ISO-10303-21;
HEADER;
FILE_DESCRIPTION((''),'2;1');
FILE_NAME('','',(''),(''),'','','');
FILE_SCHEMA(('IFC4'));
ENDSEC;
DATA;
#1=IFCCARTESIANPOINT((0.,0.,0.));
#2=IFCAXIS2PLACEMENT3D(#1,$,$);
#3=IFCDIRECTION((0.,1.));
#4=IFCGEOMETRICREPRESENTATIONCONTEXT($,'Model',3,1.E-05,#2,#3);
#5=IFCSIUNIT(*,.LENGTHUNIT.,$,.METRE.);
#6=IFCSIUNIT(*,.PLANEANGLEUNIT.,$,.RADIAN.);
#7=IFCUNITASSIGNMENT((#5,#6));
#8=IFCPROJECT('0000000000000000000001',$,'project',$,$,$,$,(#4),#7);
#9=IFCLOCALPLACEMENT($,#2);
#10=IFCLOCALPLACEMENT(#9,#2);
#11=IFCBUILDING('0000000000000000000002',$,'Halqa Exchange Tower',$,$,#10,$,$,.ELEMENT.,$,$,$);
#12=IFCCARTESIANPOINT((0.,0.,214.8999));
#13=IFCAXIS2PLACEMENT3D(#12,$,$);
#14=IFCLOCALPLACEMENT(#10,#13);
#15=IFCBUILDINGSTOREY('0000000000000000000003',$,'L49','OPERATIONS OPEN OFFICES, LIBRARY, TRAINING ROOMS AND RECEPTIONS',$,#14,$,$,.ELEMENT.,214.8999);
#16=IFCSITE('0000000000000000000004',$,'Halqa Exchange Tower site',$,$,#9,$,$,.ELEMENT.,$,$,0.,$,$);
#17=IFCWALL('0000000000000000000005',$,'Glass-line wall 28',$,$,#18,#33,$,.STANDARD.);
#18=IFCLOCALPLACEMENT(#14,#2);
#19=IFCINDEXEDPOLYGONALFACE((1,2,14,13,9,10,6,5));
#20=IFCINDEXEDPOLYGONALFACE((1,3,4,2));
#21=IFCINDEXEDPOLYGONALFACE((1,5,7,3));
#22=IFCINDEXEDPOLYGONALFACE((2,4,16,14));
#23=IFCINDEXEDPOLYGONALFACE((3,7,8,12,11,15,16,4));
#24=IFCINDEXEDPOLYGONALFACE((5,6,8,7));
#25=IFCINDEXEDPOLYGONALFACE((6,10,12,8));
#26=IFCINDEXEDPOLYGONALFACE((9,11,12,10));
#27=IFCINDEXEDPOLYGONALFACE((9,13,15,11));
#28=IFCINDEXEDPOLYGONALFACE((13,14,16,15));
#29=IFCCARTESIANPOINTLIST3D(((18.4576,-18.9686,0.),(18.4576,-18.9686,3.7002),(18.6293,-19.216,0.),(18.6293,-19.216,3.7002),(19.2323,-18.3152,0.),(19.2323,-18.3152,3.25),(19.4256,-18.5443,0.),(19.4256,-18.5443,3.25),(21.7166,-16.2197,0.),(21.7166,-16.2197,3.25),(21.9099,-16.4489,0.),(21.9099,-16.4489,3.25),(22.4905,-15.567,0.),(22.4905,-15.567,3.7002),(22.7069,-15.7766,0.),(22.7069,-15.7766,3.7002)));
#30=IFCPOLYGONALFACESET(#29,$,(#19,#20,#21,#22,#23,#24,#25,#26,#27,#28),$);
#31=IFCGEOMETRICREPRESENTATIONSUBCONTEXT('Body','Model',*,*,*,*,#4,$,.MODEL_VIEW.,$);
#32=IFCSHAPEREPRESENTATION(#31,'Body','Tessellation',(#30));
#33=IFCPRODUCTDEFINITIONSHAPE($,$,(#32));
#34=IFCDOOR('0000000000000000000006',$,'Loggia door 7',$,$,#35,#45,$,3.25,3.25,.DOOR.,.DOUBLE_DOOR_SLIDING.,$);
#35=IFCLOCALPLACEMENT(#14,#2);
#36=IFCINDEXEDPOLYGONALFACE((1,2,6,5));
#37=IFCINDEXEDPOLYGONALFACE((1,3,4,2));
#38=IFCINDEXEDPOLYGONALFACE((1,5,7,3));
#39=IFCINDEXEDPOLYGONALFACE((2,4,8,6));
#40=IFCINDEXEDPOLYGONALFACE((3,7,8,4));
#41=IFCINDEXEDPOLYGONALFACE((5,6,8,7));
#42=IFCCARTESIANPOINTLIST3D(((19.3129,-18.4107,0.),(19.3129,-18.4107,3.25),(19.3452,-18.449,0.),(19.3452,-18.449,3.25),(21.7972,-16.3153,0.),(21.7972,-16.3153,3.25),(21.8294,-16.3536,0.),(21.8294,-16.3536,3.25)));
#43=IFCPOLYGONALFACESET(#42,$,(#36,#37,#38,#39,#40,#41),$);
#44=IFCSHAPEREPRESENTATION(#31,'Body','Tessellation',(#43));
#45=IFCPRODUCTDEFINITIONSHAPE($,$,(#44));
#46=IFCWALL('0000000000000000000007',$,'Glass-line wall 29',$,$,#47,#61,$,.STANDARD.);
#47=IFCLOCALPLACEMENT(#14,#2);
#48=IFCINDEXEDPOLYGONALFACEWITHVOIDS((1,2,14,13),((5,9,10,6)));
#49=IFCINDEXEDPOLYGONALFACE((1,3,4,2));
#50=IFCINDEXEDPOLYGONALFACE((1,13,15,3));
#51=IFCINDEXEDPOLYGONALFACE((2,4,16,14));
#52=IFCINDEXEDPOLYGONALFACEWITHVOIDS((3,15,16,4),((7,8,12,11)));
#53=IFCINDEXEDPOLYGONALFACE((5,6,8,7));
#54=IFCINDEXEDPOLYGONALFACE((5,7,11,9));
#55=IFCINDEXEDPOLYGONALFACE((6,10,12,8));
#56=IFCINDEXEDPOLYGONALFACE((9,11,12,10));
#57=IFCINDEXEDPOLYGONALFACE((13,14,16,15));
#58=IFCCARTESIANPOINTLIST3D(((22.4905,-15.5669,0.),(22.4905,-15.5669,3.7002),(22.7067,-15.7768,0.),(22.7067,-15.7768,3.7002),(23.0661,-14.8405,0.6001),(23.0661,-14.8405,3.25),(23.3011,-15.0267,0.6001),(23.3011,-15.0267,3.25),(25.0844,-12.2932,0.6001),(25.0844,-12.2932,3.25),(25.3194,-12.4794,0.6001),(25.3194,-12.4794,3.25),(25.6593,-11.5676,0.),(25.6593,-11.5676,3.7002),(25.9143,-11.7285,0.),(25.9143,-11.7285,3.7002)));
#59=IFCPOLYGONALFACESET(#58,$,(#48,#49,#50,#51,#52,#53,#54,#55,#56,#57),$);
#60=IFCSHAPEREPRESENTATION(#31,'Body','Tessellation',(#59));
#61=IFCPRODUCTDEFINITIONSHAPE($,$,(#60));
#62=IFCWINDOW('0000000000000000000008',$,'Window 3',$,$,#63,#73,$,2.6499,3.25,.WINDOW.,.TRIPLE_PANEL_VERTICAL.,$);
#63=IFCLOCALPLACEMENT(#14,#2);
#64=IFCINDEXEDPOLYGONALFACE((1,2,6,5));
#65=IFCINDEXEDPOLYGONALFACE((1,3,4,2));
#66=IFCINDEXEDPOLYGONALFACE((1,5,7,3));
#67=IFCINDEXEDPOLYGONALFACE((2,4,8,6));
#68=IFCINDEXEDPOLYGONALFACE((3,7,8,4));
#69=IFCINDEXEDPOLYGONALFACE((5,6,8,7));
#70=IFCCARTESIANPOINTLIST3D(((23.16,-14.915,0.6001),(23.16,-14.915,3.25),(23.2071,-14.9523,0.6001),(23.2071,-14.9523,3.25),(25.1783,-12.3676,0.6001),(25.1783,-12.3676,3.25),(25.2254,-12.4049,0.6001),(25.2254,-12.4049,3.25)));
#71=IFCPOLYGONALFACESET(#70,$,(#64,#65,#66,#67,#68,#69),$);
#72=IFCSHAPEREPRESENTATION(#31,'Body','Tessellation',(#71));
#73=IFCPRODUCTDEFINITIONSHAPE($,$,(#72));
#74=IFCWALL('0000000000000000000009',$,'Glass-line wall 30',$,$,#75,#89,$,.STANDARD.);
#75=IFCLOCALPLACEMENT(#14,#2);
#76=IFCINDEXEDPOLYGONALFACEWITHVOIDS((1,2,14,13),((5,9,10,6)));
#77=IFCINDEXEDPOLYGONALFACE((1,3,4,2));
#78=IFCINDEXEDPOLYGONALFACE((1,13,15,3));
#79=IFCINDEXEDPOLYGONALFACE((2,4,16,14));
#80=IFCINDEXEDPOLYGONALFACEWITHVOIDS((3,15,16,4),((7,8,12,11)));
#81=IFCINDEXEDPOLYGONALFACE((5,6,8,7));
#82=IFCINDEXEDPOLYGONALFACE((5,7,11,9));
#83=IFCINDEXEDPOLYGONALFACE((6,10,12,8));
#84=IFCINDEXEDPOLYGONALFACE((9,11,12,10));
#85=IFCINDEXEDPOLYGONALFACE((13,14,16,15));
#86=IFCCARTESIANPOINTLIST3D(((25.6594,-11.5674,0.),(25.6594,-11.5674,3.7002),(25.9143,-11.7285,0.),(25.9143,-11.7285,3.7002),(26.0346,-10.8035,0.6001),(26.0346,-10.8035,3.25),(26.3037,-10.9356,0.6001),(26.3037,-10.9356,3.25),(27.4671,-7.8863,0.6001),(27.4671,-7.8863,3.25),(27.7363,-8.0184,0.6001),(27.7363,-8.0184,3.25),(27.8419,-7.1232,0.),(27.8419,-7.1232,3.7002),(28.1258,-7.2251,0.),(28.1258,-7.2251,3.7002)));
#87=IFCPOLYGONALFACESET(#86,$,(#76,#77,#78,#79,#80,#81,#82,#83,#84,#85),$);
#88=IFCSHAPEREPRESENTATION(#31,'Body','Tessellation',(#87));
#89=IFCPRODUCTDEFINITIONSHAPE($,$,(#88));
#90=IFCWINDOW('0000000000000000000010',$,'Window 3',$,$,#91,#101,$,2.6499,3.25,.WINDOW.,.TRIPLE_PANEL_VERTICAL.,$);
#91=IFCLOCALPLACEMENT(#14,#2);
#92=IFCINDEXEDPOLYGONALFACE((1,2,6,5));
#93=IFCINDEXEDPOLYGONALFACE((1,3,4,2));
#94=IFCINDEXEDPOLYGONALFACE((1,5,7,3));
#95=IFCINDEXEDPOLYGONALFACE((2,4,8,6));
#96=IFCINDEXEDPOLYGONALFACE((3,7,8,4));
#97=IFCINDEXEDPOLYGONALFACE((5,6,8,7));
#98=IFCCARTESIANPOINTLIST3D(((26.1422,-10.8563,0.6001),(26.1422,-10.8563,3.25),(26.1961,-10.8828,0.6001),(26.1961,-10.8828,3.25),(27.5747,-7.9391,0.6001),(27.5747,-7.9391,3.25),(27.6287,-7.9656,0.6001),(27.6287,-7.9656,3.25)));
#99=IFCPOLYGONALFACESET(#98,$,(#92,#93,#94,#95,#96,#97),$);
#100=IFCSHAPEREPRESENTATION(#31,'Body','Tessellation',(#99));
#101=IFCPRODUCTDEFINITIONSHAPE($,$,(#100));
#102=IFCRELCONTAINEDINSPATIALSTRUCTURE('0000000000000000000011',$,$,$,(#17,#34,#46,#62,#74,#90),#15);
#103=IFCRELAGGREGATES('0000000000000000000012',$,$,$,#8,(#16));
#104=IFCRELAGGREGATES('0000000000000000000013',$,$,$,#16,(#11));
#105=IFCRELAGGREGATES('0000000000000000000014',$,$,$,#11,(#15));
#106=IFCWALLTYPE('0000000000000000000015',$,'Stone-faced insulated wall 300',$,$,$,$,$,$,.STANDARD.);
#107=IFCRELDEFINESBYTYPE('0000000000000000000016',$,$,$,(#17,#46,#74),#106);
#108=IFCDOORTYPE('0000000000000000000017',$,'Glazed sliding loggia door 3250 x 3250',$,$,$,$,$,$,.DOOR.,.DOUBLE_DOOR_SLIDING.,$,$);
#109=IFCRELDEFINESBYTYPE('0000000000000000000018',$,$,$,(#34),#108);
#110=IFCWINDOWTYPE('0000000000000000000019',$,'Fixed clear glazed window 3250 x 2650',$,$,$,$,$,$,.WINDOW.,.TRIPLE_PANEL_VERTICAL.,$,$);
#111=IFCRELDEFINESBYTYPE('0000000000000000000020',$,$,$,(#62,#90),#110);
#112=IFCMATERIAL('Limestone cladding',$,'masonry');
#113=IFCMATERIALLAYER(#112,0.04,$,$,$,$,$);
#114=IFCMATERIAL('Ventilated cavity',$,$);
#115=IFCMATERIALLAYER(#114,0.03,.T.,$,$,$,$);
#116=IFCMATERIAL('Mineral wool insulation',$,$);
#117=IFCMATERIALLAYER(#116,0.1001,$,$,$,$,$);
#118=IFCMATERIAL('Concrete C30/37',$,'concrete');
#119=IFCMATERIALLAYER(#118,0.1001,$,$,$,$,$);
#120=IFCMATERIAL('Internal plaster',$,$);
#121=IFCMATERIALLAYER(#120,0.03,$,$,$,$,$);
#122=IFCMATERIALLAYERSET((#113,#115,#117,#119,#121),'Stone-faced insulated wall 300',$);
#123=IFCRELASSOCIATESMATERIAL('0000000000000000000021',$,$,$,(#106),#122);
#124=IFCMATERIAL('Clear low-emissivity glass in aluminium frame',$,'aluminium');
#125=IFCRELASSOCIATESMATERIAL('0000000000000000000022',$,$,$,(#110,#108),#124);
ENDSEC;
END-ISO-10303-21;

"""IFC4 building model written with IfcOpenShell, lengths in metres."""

from ifc_helpers import new_model, si_unit, direction, frame, frame_2d, origin, place, context, subcontext, project, spatial, polyline, rectangle, outline, extrude, material, layer, layer_set, type_object, element, fill, save


model = new_model("IFC4")

# Units and contexts
model_context = context("Model", 3, precision=1e-05, world=origin(), true_north=direction((0.0, 1.0)))
body_context = subcontext(model_context, "Body", "Model", "MODEL_VIEW")
ifc_project = project(units=[si_unit("LENGTHUNIT", "METRE"), si_unit("PLANEANGLEUNIT", "RADIAN")], contexts=[model_context])

# Site, building, storey
site_placement = place(None, origin())
site = spatial("IfcSite", under=ifc_project, at=site_placement, Name="Halqa Exchange Tower site", CompositionType="ELEMENT", RefElevation=0.0)
building_placement = place(site_placement, origin())
building = spatial("IfcBuilding", under=site, at=building_placement, Name="Halqa Exchange Tower", CompositionType="ELEMENT")
storey_placement = place(building_placement, frame((0.0, 0.0, 214.8999)))
storey = spatial("IfcBuildingStorey", under=building, at=storey_placement, Name="L49", Description="OPERATIONS OPEN OFFICES, LIBRARY, TRAINING ROOMS AND RECEPTIONS", CompositionType="ELEMENT", Elevation=214.8999)

# Shared definitions
ifc_material_1 = material(Name="Limestone cladding", Category="masonry")
ifc_layer_1 = layer(ifc_material_1, 0.04)
ifc_material_2 = material(Name="Ventilated cavity")
ifc_layer_2 = layer(ifc_material_2, 0.03, ventilated=True)
ifc_material_3 = material(Name="Mineral wool insulation")
ifc_layer_3 = layer(ifc_material_3, 0.1001)
ifc_material_4 = material(Name="Concrete C30/37", Category="concrete")
ifc_layer_4 = layer(ifc_material_4, 0.1001)
ifc_material_5 = material(Name="Internal plaster")
ifc_layer_5 = layer(ifc_material_5, 0.03)
ifc_layer_set_1 = layer_set([ifc_layer_1, ifc_layer_2, ifc_layer_3, ifc_layer_4, ifc_layer_5], Name="Stone-faced insulated wall 300")
wall_type_1 = type_object("IfcWallType", Name="Stone-faced insulated wall 300", PredefinedType="STANDARD", material=ifc_layer_set_1)
ifc_material_6 = material(Name="Clear low-emissivity glass in aluminium frame", Category="aluminium")
window_type = type_object("IfcWindowType", Name="Fixed clear glazed window 3250 x 2650", PartitioningType="TRIPLE_PANEL_VERTICAL", PredefinedType="WINDOW", material=ifc_material_6)

# Wall, opening, door
wall_1_placement = place(storey_placement, frame((18.5435, -19.0923, 0.0), z_axis=(0.0, 0.0, 1.0), x_axis=(0.764398, 0.644745, 0.0)))
wall_1 = element("IfcWall", 1, at=wall_1_placement, inside=storey, type_object=wall_type_1, Name="Glass-line wall 28", PredefinedType="STANDARD", context=body_context, shape_type="SweptSolid", body=[
    extrude(outline(polyline([(-0.0142, -0.1499), (5.3203, -0.1499), (5.29, 0.1499), (0.0142, 0.1499), (-0.0142, -0.1499)])), origin(), (0.0, 0.0, 1.0), 3.7002),
])
opening_1_placement = place(wall_1_placement, frame((1.0276, 0.0, 0.0)))
opening_1 = element("IfcOpeningElement", 2, at=opening_1_placement, cuts=wall_1, PredefinedType="OPENING", context=body_context, shape_type="SweptSolid", body=[
    extrude(rectangle(XDim=3.25, YDim=3.25, at=frame_2d((1.625, 1.625))), frame((0.0, 0.1621, 0.0), z_axis=(0.0, -1.0, 0.0), x_axis=(1.0, 0.0, 0.0)), (0.0, 0.0, 1.0), 0.324),
])
door_type = type_object("IfcDoorType", Name="Glazed sliding loggia door 3250 x 3250", OperationType="DOUBLE_DOOR_SLIDING", PredefinedType="DOOR", material=ifc_material_6)
door_placement = place(opening_1_placement, origin())
door = element("IfcDoor", 3, at=door_placement, inside=storey, type_object=door_type, Name="Loggia door 7", OperationType="DOUBLE_DOOR_SLIDING", OverallHeight=3.25, OverallWidth=3.25, PredefinedType="DOOR", context=body_context, shape_type="SweptSolid", body=[
    extrude(rectangle(XDim=3.25, YDim=3.25, at=frame_2d((1.625, 1.625))), frame((0.0, 0.0249, 0.0), z_axis=(0.0, -1.0, 0.0), x_axis=(1.0, 0.0, 0.0)), (0.0, 0.0, 1.0), 0.05),
])
fill(opening_1, door)

# Walls, openings, windows
wall_2_placement = place(storey_placement, frame((22.5986, -15.6719, 0.0), z_axis=(0.0, 0.0, 1.0), x_axis=(0.621017, 0.783797, 0.0)))
wall_2 = element("IfcWall", 4, at=wall_2_placement, inside=storey, type_object=wall_type_1, Name="Glass-line wall 29", PredefinedType="STANDARD", context=body_context, shape_type="SweptSolid", body=[
    extrude(outline(polyline([(-0.0151, -0.1499), (5.1499, -0.1499), (5.1177, 0.1499), (0.0151, 0.1499), (-0.0151, -0.1499)])), origin(), (0.0, 0.0, 1.0), 3.7002),
])
opening_2_placement = place(wall_2_placement, frame((0.9419, 0.0, 0.6001)))
opening_2 = element("IfcOpeningElement", 5, at=opening_2_placement, cuts=wall_2, PredefinedType="OPENING", context=body_context, shape_type="SweptSolid", body=[
    extrude(rectangle(XDim=3.25, YDim=2.6499, at=frame_2d((1.625, 1.325))), frame((0.0, 0.1621, 0.0), z_axis=(0.0, -1.0, 0.0), x_axis=(1.0, 0.0, 0.0)), (0.0, 0.0, 1.0), 0.324),
])
window_1_placement = place(opening_2_placement, origin())
window_1 = element("IfcWindow", 6, at=window_1_placement, inside=storey, type_object=window_type, Name="Window 3", OverallHeight=2.6499, OverallWidth=3.25, PartitioningType="TRIPLE_PANEL_VERTICAL", PredefinedType="WINDOW", context=body_context, shape_type="SweptSolid", body=[
    extrude(rectangle(XDim=3.25, YDim=2.6499, at=frame_2d((1.625, 1.325))), frame((0.0, 0.03, 0.0), z_axis=(0.0, -1.0, 0.0), x_axis=(1.0, 0.0, 0.0)), (0.0, 0.0, 1.0), 0.0601),
])
fill(opening_2, window_1)
wall_3_placement = place(storey_placement, frame((25.7869, -11.6479, 0.0), z_axis=(0.0, 0.0, 1.0), x_axis=(0.440795, 0.897608, 0.0)))
wall_3 = element("IfcWall", 7, at=wall_3_placement, inside=storey, type_object=wall_type_1, Name="Glass-line wall 30", PredefinedType="STANDARD", context=body_context, shape_type="SweptSolid", body=[
    extrude(outline(polyline([(-0.0161, -0.1499), (5.001, -0.1499), (4.9673, 0.1499), (0.0161, 0.1499), (-0.0161, -0.1499)])), origin(), (0.0, 0.0, 1.0), 3.7002),
])
opening_3_placement = place(wall_3_placement, frame((0.8672, 0.0, 0.6001)))
opening_3 = element("IfcOpeningElement", 8, at=opening_3_placement, cuts=wall_3, PredefinedType="OPENING", context=body_context, shape_type="SweptSolid", body=[
    extrude(rectangle(XDim=3.25, YDim=2.6499, at=frame_2d((1.625, 1.325))), frame((0.0, 0.1621, 0.0), z_axis=(0.0, -1.0, 0.0), x_axis=(1.0, 0.0, 0.0)), (0.0, 0.0, 1.0), 0.324),
])
window_2_placement = place(opening_3_placement, origin())
window_2 = element("IfcWindow", 9, at=window_2_placement, inside=storey, type_object=window_type, Name="Window 3", OverallHeight=2.6499, OverallWidth=3.25, PartitioningType="TRIPLE_PANEL_VERTICAL", PredefinedType="WINDOW", context=body_context, shape_type="SweptSolid", body=[
    extrude(rectangle(XDim=3.25, YDim=2.6499, at=frame_2d((1.625, 1.325))), frame((0.0, 0.03, 0.0), z_axis=(0.0, -1.0, 0.0), x_axis=(1.0, 0.0, 0.0)), (0.0, 0.0, 1.0), 0.0601),
])
fill(opening_3, window_2)

save(model, "model.ifc")
